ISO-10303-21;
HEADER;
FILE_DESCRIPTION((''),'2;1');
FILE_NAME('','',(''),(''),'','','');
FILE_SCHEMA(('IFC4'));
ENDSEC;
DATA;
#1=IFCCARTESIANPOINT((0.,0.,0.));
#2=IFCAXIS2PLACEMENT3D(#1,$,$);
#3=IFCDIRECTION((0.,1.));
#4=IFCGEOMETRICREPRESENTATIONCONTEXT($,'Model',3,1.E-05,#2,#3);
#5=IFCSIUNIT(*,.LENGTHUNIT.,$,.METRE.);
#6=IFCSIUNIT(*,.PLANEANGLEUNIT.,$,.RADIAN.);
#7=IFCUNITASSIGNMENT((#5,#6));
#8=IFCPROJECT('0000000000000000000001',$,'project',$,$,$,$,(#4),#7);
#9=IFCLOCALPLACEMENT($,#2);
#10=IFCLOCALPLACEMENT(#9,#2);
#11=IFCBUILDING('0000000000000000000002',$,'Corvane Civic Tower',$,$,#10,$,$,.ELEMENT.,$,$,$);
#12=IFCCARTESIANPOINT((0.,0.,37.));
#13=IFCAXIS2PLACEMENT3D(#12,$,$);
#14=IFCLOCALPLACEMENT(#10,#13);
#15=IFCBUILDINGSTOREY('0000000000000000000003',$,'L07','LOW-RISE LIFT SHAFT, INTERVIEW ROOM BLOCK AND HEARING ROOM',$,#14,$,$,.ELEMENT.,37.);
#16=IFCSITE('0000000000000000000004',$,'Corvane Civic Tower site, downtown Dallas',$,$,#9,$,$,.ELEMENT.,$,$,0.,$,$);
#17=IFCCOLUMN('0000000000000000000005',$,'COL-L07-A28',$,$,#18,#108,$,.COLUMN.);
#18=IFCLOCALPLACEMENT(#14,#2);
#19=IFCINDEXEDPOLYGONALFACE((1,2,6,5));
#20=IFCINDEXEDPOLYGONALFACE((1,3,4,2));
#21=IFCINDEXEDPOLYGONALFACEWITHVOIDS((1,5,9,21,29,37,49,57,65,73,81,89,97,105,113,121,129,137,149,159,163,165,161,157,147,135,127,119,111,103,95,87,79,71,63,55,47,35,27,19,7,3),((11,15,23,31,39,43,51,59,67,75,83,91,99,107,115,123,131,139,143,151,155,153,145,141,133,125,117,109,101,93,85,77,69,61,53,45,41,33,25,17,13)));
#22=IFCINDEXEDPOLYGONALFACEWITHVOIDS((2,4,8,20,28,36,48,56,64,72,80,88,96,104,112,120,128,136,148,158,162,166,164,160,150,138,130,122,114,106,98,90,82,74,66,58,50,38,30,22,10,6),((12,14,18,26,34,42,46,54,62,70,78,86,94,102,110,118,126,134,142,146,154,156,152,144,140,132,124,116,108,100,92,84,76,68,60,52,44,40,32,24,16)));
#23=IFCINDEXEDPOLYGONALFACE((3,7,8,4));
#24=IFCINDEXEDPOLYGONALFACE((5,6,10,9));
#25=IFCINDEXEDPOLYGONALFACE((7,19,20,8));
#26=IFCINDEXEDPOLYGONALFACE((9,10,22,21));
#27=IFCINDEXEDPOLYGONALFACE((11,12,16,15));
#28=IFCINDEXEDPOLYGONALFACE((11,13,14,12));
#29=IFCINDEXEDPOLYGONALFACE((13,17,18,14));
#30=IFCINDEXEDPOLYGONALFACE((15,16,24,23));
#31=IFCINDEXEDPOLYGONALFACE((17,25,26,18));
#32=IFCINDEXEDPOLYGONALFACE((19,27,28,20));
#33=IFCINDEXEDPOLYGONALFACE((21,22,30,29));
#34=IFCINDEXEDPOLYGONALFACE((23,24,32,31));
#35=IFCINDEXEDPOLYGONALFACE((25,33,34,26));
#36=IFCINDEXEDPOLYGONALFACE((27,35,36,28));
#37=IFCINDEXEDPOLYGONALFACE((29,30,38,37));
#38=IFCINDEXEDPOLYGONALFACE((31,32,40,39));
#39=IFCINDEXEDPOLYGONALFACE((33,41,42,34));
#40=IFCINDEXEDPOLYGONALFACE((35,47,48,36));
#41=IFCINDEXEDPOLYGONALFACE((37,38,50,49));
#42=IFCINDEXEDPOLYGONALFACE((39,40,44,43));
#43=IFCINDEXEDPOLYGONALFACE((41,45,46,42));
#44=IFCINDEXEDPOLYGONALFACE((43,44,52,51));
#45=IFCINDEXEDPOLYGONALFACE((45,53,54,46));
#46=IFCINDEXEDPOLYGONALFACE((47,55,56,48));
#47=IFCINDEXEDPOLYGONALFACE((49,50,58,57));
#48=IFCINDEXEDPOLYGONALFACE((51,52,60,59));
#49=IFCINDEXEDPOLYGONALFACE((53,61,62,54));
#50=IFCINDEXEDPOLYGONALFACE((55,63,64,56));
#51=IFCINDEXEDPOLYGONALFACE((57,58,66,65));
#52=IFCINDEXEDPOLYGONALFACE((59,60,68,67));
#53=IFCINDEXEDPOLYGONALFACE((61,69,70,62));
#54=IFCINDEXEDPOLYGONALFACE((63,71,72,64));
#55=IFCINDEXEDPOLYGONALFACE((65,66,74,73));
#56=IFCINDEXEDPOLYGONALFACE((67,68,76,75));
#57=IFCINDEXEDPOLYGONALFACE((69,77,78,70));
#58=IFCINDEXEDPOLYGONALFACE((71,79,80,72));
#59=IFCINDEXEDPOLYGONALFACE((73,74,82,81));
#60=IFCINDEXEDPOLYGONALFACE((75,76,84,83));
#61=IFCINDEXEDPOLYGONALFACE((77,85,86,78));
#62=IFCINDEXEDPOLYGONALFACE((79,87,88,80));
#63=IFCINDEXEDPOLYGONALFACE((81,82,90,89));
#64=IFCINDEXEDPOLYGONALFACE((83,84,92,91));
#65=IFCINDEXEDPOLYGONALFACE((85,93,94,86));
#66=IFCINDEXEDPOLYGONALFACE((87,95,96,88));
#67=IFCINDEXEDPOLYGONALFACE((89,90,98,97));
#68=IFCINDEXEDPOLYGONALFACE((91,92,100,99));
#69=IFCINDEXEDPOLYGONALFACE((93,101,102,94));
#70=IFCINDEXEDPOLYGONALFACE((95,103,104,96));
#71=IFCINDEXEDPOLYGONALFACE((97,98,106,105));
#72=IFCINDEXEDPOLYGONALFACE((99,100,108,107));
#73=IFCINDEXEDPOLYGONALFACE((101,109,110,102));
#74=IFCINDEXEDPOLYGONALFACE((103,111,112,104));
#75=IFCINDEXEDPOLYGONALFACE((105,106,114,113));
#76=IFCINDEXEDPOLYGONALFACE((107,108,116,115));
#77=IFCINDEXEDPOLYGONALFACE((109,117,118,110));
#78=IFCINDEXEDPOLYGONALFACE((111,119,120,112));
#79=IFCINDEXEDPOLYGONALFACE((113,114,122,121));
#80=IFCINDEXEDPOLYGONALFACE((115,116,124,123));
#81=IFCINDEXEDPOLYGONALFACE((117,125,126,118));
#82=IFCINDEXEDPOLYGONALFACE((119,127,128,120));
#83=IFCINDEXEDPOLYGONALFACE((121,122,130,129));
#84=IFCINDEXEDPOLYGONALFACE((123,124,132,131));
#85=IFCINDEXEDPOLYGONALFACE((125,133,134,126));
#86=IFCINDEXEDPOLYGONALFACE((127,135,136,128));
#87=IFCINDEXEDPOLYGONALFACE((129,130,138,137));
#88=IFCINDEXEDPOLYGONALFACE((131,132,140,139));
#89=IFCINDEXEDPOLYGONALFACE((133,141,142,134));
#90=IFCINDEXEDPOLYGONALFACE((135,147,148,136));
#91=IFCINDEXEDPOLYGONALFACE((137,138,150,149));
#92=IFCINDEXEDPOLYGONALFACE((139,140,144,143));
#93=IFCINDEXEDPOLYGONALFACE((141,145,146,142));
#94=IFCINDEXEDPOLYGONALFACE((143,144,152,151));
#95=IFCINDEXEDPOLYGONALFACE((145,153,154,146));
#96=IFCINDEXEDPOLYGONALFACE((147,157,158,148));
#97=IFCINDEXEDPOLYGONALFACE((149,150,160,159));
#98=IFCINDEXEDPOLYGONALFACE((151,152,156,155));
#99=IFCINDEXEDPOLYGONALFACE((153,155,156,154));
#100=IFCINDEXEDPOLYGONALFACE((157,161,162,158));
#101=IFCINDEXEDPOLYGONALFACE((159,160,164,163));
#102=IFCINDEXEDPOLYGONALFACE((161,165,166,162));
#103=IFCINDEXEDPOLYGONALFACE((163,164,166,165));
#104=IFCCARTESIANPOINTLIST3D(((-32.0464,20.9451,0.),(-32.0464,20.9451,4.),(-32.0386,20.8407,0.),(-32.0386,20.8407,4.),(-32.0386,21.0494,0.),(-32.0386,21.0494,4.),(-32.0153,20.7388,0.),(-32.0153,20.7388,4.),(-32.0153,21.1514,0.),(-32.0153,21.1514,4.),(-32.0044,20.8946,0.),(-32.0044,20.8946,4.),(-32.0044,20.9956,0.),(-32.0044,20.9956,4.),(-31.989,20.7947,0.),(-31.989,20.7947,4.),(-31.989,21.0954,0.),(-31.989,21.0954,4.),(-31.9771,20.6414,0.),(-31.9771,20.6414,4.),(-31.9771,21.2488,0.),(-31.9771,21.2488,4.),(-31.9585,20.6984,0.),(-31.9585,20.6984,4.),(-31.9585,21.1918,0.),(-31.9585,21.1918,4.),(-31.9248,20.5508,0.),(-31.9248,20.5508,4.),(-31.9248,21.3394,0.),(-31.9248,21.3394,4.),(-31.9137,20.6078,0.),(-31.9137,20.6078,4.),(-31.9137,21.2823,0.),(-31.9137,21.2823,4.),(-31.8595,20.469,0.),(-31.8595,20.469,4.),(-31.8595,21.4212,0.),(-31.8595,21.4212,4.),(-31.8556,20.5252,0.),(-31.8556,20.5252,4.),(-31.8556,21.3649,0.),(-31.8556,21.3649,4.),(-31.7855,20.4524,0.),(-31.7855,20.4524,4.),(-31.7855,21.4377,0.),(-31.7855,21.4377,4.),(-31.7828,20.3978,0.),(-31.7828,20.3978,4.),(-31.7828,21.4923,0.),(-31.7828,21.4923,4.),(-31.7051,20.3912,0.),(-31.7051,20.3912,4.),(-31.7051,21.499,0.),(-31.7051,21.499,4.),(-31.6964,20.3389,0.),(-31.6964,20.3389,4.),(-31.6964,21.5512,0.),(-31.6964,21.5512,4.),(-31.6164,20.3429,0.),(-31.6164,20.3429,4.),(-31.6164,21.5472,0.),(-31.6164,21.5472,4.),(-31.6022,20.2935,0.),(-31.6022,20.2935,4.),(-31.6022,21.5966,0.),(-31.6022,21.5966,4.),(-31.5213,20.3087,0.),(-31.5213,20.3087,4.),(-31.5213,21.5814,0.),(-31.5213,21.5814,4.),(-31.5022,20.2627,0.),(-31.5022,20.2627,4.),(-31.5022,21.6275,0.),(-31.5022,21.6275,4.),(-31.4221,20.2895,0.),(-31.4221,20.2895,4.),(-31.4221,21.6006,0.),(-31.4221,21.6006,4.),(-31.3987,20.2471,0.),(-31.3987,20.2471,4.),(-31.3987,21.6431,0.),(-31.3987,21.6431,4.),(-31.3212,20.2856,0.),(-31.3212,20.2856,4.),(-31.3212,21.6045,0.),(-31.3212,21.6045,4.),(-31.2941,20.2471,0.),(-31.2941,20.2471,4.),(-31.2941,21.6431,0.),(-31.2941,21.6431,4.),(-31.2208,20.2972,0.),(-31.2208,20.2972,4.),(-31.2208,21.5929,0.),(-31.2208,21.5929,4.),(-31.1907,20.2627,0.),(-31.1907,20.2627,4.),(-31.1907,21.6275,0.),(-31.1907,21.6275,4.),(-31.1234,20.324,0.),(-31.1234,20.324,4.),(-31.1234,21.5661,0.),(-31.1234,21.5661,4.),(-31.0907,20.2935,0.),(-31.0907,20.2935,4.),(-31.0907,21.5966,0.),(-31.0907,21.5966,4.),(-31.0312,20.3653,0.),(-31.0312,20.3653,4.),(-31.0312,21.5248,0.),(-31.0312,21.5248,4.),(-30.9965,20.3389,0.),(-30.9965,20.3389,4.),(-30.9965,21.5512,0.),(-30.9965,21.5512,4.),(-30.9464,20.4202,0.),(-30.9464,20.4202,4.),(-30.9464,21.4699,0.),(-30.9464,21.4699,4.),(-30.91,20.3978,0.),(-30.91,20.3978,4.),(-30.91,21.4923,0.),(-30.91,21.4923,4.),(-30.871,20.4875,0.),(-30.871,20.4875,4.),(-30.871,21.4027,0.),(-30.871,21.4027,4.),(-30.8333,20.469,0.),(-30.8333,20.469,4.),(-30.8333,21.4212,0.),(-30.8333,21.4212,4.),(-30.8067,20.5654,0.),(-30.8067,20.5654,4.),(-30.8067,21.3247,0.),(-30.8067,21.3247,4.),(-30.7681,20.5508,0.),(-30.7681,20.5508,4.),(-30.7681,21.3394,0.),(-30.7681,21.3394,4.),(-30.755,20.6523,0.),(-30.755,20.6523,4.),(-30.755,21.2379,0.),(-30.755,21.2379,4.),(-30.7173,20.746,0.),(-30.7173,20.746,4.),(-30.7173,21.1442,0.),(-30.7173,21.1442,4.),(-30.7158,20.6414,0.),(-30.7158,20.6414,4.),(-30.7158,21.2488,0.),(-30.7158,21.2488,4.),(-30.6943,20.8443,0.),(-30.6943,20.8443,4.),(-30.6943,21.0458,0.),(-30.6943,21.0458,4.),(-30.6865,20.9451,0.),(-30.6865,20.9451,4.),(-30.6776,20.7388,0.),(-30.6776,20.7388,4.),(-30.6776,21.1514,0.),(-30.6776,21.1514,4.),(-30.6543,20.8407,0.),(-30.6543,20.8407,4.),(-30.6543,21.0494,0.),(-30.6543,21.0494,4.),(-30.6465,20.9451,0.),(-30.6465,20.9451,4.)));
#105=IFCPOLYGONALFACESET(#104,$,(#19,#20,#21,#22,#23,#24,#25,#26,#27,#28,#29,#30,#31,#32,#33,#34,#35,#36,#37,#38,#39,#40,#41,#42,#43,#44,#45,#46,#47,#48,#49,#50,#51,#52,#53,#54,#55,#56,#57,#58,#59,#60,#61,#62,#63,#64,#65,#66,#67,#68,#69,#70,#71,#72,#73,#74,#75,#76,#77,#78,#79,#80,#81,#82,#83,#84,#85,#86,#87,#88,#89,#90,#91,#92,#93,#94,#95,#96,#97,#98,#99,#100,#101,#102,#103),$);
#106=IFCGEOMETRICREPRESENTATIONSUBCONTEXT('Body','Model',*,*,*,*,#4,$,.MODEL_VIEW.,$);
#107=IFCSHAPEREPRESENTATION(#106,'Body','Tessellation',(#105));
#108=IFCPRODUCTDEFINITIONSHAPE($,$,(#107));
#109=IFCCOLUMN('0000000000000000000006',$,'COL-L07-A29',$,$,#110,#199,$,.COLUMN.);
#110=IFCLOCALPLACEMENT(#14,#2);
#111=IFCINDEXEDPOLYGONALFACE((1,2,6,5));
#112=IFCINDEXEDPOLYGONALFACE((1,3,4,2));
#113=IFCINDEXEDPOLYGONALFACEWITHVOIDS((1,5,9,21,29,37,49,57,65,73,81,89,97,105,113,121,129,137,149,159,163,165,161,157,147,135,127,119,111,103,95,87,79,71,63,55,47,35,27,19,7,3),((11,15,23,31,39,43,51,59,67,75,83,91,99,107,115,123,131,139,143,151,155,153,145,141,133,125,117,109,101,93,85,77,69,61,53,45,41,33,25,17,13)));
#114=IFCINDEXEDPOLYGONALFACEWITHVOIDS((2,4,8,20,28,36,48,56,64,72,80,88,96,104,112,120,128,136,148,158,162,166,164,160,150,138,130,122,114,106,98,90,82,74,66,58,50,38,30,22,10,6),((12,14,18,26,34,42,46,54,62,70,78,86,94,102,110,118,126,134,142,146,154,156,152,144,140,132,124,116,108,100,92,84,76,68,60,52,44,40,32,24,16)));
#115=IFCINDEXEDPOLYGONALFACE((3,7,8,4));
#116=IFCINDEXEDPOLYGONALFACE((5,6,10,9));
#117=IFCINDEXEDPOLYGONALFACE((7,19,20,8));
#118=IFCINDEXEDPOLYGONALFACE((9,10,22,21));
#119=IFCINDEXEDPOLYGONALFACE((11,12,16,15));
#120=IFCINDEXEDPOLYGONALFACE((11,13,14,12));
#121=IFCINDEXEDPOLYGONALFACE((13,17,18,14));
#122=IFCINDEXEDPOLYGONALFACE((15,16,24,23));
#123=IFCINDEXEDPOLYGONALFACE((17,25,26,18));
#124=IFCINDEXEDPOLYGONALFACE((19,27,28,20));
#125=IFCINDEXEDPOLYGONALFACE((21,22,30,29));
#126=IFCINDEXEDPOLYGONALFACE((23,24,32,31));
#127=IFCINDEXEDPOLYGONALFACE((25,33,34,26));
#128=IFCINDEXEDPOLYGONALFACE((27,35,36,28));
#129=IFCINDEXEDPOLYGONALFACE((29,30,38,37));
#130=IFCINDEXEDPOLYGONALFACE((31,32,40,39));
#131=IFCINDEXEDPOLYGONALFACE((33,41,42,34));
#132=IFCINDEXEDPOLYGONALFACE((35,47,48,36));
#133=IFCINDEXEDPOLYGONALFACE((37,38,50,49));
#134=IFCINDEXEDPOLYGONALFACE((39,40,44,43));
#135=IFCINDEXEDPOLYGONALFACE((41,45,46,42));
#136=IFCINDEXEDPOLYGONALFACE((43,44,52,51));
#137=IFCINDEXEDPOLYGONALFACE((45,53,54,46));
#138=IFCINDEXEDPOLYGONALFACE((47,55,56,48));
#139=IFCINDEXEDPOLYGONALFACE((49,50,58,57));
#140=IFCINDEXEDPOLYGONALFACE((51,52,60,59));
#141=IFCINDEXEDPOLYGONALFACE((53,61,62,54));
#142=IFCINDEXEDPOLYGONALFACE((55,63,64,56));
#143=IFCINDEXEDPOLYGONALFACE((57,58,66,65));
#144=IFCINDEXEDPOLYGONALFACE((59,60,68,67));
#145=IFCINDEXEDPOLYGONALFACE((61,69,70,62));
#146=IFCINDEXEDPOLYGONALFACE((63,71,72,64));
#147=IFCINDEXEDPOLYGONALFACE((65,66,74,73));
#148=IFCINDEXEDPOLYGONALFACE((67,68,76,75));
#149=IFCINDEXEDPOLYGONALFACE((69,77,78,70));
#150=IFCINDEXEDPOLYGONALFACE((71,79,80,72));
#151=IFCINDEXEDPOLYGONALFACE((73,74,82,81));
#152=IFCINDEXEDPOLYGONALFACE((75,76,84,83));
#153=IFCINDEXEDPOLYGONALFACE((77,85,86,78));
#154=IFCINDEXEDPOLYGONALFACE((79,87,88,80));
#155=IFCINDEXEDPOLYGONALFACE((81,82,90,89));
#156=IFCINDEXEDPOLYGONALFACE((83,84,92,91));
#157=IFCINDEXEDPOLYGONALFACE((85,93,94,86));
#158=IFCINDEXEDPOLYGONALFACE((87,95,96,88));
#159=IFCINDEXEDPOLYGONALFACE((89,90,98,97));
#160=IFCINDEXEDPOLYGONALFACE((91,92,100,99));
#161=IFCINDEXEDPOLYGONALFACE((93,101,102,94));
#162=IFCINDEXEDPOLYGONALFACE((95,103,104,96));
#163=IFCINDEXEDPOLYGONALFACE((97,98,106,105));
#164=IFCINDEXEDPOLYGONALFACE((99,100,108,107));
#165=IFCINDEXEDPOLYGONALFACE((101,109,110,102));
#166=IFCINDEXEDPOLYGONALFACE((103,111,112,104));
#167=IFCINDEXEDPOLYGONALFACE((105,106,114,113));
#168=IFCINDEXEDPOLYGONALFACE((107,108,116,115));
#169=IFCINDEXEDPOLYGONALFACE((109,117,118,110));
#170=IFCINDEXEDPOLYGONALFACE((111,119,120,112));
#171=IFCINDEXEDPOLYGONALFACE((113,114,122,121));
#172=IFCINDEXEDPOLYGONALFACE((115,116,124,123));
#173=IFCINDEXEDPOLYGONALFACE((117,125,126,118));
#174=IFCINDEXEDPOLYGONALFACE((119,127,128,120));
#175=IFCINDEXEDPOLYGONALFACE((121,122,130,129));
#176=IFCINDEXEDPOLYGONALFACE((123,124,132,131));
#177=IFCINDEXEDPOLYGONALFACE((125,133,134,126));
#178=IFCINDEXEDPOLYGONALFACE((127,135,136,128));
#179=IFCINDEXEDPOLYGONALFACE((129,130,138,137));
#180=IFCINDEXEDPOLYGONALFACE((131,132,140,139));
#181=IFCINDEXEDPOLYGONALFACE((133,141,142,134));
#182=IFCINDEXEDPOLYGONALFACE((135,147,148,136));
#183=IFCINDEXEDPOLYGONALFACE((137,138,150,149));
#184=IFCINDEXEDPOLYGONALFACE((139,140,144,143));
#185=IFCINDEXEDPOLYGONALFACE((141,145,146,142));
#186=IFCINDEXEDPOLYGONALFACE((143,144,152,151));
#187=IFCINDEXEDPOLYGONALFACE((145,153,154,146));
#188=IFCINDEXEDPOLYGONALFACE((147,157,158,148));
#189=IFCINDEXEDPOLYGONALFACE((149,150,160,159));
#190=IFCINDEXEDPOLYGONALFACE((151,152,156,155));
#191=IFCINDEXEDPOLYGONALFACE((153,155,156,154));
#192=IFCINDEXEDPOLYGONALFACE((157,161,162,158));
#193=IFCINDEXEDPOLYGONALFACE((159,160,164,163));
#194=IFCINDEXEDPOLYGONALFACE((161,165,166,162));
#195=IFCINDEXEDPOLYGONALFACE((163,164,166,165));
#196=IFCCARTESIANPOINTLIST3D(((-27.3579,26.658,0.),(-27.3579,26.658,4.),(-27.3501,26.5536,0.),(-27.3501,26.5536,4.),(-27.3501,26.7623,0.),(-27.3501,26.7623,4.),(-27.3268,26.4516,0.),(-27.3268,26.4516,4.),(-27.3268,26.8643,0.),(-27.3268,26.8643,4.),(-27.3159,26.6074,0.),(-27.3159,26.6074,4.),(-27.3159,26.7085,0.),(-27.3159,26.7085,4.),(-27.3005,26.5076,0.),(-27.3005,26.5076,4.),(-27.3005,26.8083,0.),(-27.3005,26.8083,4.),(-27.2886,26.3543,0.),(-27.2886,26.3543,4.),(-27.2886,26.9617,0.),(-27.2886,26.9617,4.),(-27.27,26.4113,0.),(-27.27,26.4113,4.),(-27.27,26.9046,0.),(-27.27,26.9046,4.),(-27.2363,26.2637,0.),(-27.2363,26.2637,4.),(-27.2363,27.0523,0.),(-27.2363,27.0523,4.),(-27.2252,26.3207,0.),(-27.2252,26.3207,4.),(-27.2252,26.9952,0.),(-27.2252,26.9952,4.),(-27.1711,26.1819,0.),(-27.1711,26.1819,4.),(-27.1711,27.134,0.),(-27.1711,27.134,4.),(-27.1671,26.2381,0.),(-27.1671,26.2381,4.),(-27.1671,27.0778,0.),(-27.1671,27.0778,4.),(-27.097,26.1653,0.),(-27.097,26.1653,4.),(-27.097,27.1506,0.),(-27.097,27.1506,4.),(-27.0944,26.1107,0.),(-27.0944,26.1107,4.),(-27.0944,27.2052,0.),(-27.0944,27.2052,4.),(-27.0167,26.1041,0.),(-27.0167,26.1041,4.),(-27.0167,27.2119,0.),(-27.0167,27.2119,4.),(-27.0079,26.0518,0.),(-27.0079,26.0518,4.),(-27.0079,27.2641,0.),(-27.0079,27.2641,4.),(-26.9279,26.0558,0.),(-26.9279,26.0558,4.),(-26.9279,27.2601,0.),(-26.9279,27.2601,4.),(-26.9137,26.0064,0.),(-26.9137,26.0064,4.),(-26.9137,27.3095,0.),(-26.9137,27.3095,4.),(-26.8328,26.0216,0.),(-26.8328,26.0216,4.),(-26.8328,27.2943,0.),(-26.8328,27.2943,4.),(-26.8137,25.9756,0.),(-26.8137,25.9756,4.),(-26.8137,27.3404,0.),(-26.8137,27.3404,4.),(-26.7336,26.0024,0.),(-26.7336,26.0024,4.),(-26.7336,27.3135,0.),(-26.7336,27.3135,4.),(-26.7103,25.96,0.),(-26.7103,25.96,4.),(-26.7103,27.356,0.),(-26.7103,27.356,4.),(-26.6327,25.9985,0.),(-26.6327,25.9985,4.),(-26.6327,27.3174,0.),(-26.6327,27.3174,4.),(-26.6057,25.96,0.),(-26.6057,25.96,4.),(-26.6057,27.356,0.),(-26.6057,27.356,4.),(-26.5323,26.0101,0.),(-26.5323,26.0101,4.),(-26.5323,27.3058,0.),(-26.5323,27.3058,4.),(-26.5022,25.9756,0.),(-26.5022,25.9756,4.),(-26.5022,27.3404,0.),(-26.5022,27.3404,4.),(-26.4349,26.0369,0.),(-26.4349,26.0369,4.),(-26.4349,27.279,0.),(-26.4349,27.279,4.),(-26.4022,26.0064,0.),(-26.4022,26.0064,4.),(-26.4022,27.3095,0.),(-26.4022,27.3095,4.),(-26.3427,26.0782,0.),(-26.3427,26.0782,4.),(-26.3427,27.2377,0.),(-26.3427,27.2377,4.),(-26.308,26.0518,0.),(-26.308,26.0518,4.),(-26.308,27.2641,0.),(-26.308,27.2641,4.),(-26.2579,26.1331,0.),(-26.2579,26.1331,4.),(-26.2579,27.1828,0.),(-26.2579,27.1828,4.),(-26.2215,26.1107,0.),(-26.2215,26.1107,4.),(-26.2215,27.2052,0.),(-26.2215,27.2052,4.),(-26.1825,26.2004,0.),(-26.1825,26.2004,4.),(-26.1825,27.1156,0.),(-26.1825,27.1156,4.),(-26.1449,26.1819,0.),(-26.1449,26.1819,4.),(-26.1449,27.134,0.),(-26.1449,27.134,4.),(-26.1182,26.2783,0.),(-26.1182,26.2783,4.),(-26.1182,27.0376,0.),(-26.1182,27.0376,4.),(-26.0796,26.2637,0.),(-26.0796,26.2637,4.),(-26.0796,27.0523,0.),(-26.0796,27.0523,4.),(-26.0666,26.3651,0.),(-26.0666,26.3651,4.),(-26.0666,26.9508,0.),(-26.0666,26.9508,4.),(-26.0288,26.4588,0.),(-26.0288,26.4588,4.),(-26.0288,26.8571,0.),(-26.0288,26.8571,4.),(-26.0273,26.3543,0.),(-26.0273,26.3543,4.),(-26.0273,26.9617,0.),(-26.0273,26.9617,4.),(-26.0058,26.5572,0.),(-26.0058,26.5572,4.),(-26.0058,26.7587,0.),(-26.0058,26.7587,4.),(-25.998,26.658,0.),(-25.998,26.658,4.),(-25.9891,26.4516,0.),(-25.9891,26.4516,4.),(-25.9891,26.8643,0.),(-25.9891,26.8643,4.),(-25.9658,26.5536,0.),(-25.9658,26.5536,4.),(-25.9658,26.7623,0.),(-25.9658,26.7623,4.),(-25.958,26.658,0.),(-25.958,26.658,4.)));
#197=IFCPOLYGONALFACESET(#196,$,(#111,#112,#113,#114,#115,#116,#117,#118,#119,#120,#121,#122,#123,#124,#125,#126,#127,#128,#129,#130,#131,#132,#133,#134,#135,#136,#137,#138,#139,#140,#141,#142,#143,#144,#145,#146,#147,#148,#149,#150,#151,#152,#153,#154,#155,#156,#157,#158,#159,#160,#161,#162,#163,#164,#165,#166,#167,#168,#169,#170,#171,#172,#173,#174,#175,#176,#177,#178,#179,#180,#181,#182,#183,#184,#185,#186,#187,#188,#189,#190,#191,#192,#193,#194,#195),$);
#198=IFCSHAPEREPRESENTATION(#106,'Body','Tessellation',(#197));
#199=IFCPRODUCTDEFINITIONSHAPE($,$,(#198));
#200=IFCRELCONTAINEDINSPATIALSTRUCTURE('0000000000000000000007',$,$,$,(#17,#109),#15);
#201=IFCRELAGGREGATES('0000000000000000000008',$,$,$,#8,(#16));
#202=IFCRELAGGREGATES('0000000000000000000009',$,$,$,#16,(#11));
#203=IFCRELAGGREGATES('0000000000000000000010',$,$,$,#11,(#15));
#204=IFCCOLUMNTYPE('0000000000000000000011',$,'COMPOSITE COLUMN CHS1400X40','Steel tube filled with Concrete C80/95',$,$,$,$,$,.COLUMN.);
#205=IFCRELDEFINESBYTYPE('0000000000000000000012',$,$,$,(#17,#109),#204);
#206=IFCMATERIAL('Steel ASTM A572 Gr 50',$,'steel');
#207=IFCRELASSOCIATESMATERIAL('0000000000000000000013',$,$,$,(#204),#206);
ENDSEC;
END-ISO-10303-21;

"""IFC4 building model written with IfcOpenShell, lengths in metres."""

from ifc_helpers import new_model, si_unit, direction, frame, origin, origin_2d, place, context, subcontext, project, spatial, hollow_circle, extrude, material, material_profile, profile_set, type_object, element, save


model = new_model("IFC4")

# Units and contexts
model_context = context("Model", 3, precision=1e-05, world=origin(), true_north=direction((0.0, 1.0)))
body_context = subcontext(model_context, "Body", "Model", "MODEL_VIEW")
ifc_project = project(units=[si_unit("LENGTHUNIT", "METRE"), si_unit("PLANEANGLEUNIT", "RADIAN")], contexts=[model_context])

# Site, building, storey
site_placement = place(None, origin())
site = spatial("IfcSite", under=ifc_project, at=site_placement, Name="Corvane Civic Tower site, downtown Dallas", CompositionType="ELEMENT", RefElevation=0.0)
building_placement = place(site_placement, origin())
building = spatial("IfcBuilding", under=site, at=building_placement, Name="Corvane Civic Tower", CompositionType="ELEMENT")
storey_placement = place(building_placement, frame((0.0, 0.0, 37.0)))
storey = spatial("IfcBuildingStorey", under=building, at=storey_placement, Name="L07", Description="LOW-RISE LIFT SHAFT, INTERVIEW ROOM BLOCK AND HEARING ROOM", CompositionType="ELEMENT", Elevation=37.0)

# Columns
ifc_material_1 = material(Name="Steel ASTM A572 Gr 50", Category="steel")
ifc_material_profile_1 = material_profile(ifc_material_1, hollow_circle(Radius=0.7, WallThickness=0.04, at=origin_2d()), Name="CHS1400X40")
ifc_profile_set_1 = profile_set([ifc_material_profile_1], Name="Steel ASTM A572 Gr 50")
column_type = type_object("IfcColumnType", Name="COMPOSITE COLUMN CHS1400X40", Description="Steel tube filled with Concrete C80/95", PredefinedType="COLUMN", material=ifc_profile_set_1)
for number, where, z_axis, x_axis, name in (
    (1, (-31.3464, 20.9451, 0.0), (0.0, 0.0, 1.0), (1.0, 0.0, 0.0), "COL-L07-A28"),
    (2, (-26.658, 26.658, 0.0), (0.0, 0.0, 1.0), (1.0, 0.0, 0.0), "COL-L07-A29"),
):
    element("IfcColumn", number, at=place(storey_placement, frame(where, z_axis=z_axis, x_axis=x_axis)), inside=storey, type_object=column_type, Name=name, PredefinedType="COLUMN", context=body_context, shape_type="SweptSolid", body=[
        extrude(hollow_circle(Radius=0.7, WallThickness=0.04, at=origin_2d()), origin(), (0.0, 0.0, 1.0), 4.0),
    ])

save(model, "model.ifc")
